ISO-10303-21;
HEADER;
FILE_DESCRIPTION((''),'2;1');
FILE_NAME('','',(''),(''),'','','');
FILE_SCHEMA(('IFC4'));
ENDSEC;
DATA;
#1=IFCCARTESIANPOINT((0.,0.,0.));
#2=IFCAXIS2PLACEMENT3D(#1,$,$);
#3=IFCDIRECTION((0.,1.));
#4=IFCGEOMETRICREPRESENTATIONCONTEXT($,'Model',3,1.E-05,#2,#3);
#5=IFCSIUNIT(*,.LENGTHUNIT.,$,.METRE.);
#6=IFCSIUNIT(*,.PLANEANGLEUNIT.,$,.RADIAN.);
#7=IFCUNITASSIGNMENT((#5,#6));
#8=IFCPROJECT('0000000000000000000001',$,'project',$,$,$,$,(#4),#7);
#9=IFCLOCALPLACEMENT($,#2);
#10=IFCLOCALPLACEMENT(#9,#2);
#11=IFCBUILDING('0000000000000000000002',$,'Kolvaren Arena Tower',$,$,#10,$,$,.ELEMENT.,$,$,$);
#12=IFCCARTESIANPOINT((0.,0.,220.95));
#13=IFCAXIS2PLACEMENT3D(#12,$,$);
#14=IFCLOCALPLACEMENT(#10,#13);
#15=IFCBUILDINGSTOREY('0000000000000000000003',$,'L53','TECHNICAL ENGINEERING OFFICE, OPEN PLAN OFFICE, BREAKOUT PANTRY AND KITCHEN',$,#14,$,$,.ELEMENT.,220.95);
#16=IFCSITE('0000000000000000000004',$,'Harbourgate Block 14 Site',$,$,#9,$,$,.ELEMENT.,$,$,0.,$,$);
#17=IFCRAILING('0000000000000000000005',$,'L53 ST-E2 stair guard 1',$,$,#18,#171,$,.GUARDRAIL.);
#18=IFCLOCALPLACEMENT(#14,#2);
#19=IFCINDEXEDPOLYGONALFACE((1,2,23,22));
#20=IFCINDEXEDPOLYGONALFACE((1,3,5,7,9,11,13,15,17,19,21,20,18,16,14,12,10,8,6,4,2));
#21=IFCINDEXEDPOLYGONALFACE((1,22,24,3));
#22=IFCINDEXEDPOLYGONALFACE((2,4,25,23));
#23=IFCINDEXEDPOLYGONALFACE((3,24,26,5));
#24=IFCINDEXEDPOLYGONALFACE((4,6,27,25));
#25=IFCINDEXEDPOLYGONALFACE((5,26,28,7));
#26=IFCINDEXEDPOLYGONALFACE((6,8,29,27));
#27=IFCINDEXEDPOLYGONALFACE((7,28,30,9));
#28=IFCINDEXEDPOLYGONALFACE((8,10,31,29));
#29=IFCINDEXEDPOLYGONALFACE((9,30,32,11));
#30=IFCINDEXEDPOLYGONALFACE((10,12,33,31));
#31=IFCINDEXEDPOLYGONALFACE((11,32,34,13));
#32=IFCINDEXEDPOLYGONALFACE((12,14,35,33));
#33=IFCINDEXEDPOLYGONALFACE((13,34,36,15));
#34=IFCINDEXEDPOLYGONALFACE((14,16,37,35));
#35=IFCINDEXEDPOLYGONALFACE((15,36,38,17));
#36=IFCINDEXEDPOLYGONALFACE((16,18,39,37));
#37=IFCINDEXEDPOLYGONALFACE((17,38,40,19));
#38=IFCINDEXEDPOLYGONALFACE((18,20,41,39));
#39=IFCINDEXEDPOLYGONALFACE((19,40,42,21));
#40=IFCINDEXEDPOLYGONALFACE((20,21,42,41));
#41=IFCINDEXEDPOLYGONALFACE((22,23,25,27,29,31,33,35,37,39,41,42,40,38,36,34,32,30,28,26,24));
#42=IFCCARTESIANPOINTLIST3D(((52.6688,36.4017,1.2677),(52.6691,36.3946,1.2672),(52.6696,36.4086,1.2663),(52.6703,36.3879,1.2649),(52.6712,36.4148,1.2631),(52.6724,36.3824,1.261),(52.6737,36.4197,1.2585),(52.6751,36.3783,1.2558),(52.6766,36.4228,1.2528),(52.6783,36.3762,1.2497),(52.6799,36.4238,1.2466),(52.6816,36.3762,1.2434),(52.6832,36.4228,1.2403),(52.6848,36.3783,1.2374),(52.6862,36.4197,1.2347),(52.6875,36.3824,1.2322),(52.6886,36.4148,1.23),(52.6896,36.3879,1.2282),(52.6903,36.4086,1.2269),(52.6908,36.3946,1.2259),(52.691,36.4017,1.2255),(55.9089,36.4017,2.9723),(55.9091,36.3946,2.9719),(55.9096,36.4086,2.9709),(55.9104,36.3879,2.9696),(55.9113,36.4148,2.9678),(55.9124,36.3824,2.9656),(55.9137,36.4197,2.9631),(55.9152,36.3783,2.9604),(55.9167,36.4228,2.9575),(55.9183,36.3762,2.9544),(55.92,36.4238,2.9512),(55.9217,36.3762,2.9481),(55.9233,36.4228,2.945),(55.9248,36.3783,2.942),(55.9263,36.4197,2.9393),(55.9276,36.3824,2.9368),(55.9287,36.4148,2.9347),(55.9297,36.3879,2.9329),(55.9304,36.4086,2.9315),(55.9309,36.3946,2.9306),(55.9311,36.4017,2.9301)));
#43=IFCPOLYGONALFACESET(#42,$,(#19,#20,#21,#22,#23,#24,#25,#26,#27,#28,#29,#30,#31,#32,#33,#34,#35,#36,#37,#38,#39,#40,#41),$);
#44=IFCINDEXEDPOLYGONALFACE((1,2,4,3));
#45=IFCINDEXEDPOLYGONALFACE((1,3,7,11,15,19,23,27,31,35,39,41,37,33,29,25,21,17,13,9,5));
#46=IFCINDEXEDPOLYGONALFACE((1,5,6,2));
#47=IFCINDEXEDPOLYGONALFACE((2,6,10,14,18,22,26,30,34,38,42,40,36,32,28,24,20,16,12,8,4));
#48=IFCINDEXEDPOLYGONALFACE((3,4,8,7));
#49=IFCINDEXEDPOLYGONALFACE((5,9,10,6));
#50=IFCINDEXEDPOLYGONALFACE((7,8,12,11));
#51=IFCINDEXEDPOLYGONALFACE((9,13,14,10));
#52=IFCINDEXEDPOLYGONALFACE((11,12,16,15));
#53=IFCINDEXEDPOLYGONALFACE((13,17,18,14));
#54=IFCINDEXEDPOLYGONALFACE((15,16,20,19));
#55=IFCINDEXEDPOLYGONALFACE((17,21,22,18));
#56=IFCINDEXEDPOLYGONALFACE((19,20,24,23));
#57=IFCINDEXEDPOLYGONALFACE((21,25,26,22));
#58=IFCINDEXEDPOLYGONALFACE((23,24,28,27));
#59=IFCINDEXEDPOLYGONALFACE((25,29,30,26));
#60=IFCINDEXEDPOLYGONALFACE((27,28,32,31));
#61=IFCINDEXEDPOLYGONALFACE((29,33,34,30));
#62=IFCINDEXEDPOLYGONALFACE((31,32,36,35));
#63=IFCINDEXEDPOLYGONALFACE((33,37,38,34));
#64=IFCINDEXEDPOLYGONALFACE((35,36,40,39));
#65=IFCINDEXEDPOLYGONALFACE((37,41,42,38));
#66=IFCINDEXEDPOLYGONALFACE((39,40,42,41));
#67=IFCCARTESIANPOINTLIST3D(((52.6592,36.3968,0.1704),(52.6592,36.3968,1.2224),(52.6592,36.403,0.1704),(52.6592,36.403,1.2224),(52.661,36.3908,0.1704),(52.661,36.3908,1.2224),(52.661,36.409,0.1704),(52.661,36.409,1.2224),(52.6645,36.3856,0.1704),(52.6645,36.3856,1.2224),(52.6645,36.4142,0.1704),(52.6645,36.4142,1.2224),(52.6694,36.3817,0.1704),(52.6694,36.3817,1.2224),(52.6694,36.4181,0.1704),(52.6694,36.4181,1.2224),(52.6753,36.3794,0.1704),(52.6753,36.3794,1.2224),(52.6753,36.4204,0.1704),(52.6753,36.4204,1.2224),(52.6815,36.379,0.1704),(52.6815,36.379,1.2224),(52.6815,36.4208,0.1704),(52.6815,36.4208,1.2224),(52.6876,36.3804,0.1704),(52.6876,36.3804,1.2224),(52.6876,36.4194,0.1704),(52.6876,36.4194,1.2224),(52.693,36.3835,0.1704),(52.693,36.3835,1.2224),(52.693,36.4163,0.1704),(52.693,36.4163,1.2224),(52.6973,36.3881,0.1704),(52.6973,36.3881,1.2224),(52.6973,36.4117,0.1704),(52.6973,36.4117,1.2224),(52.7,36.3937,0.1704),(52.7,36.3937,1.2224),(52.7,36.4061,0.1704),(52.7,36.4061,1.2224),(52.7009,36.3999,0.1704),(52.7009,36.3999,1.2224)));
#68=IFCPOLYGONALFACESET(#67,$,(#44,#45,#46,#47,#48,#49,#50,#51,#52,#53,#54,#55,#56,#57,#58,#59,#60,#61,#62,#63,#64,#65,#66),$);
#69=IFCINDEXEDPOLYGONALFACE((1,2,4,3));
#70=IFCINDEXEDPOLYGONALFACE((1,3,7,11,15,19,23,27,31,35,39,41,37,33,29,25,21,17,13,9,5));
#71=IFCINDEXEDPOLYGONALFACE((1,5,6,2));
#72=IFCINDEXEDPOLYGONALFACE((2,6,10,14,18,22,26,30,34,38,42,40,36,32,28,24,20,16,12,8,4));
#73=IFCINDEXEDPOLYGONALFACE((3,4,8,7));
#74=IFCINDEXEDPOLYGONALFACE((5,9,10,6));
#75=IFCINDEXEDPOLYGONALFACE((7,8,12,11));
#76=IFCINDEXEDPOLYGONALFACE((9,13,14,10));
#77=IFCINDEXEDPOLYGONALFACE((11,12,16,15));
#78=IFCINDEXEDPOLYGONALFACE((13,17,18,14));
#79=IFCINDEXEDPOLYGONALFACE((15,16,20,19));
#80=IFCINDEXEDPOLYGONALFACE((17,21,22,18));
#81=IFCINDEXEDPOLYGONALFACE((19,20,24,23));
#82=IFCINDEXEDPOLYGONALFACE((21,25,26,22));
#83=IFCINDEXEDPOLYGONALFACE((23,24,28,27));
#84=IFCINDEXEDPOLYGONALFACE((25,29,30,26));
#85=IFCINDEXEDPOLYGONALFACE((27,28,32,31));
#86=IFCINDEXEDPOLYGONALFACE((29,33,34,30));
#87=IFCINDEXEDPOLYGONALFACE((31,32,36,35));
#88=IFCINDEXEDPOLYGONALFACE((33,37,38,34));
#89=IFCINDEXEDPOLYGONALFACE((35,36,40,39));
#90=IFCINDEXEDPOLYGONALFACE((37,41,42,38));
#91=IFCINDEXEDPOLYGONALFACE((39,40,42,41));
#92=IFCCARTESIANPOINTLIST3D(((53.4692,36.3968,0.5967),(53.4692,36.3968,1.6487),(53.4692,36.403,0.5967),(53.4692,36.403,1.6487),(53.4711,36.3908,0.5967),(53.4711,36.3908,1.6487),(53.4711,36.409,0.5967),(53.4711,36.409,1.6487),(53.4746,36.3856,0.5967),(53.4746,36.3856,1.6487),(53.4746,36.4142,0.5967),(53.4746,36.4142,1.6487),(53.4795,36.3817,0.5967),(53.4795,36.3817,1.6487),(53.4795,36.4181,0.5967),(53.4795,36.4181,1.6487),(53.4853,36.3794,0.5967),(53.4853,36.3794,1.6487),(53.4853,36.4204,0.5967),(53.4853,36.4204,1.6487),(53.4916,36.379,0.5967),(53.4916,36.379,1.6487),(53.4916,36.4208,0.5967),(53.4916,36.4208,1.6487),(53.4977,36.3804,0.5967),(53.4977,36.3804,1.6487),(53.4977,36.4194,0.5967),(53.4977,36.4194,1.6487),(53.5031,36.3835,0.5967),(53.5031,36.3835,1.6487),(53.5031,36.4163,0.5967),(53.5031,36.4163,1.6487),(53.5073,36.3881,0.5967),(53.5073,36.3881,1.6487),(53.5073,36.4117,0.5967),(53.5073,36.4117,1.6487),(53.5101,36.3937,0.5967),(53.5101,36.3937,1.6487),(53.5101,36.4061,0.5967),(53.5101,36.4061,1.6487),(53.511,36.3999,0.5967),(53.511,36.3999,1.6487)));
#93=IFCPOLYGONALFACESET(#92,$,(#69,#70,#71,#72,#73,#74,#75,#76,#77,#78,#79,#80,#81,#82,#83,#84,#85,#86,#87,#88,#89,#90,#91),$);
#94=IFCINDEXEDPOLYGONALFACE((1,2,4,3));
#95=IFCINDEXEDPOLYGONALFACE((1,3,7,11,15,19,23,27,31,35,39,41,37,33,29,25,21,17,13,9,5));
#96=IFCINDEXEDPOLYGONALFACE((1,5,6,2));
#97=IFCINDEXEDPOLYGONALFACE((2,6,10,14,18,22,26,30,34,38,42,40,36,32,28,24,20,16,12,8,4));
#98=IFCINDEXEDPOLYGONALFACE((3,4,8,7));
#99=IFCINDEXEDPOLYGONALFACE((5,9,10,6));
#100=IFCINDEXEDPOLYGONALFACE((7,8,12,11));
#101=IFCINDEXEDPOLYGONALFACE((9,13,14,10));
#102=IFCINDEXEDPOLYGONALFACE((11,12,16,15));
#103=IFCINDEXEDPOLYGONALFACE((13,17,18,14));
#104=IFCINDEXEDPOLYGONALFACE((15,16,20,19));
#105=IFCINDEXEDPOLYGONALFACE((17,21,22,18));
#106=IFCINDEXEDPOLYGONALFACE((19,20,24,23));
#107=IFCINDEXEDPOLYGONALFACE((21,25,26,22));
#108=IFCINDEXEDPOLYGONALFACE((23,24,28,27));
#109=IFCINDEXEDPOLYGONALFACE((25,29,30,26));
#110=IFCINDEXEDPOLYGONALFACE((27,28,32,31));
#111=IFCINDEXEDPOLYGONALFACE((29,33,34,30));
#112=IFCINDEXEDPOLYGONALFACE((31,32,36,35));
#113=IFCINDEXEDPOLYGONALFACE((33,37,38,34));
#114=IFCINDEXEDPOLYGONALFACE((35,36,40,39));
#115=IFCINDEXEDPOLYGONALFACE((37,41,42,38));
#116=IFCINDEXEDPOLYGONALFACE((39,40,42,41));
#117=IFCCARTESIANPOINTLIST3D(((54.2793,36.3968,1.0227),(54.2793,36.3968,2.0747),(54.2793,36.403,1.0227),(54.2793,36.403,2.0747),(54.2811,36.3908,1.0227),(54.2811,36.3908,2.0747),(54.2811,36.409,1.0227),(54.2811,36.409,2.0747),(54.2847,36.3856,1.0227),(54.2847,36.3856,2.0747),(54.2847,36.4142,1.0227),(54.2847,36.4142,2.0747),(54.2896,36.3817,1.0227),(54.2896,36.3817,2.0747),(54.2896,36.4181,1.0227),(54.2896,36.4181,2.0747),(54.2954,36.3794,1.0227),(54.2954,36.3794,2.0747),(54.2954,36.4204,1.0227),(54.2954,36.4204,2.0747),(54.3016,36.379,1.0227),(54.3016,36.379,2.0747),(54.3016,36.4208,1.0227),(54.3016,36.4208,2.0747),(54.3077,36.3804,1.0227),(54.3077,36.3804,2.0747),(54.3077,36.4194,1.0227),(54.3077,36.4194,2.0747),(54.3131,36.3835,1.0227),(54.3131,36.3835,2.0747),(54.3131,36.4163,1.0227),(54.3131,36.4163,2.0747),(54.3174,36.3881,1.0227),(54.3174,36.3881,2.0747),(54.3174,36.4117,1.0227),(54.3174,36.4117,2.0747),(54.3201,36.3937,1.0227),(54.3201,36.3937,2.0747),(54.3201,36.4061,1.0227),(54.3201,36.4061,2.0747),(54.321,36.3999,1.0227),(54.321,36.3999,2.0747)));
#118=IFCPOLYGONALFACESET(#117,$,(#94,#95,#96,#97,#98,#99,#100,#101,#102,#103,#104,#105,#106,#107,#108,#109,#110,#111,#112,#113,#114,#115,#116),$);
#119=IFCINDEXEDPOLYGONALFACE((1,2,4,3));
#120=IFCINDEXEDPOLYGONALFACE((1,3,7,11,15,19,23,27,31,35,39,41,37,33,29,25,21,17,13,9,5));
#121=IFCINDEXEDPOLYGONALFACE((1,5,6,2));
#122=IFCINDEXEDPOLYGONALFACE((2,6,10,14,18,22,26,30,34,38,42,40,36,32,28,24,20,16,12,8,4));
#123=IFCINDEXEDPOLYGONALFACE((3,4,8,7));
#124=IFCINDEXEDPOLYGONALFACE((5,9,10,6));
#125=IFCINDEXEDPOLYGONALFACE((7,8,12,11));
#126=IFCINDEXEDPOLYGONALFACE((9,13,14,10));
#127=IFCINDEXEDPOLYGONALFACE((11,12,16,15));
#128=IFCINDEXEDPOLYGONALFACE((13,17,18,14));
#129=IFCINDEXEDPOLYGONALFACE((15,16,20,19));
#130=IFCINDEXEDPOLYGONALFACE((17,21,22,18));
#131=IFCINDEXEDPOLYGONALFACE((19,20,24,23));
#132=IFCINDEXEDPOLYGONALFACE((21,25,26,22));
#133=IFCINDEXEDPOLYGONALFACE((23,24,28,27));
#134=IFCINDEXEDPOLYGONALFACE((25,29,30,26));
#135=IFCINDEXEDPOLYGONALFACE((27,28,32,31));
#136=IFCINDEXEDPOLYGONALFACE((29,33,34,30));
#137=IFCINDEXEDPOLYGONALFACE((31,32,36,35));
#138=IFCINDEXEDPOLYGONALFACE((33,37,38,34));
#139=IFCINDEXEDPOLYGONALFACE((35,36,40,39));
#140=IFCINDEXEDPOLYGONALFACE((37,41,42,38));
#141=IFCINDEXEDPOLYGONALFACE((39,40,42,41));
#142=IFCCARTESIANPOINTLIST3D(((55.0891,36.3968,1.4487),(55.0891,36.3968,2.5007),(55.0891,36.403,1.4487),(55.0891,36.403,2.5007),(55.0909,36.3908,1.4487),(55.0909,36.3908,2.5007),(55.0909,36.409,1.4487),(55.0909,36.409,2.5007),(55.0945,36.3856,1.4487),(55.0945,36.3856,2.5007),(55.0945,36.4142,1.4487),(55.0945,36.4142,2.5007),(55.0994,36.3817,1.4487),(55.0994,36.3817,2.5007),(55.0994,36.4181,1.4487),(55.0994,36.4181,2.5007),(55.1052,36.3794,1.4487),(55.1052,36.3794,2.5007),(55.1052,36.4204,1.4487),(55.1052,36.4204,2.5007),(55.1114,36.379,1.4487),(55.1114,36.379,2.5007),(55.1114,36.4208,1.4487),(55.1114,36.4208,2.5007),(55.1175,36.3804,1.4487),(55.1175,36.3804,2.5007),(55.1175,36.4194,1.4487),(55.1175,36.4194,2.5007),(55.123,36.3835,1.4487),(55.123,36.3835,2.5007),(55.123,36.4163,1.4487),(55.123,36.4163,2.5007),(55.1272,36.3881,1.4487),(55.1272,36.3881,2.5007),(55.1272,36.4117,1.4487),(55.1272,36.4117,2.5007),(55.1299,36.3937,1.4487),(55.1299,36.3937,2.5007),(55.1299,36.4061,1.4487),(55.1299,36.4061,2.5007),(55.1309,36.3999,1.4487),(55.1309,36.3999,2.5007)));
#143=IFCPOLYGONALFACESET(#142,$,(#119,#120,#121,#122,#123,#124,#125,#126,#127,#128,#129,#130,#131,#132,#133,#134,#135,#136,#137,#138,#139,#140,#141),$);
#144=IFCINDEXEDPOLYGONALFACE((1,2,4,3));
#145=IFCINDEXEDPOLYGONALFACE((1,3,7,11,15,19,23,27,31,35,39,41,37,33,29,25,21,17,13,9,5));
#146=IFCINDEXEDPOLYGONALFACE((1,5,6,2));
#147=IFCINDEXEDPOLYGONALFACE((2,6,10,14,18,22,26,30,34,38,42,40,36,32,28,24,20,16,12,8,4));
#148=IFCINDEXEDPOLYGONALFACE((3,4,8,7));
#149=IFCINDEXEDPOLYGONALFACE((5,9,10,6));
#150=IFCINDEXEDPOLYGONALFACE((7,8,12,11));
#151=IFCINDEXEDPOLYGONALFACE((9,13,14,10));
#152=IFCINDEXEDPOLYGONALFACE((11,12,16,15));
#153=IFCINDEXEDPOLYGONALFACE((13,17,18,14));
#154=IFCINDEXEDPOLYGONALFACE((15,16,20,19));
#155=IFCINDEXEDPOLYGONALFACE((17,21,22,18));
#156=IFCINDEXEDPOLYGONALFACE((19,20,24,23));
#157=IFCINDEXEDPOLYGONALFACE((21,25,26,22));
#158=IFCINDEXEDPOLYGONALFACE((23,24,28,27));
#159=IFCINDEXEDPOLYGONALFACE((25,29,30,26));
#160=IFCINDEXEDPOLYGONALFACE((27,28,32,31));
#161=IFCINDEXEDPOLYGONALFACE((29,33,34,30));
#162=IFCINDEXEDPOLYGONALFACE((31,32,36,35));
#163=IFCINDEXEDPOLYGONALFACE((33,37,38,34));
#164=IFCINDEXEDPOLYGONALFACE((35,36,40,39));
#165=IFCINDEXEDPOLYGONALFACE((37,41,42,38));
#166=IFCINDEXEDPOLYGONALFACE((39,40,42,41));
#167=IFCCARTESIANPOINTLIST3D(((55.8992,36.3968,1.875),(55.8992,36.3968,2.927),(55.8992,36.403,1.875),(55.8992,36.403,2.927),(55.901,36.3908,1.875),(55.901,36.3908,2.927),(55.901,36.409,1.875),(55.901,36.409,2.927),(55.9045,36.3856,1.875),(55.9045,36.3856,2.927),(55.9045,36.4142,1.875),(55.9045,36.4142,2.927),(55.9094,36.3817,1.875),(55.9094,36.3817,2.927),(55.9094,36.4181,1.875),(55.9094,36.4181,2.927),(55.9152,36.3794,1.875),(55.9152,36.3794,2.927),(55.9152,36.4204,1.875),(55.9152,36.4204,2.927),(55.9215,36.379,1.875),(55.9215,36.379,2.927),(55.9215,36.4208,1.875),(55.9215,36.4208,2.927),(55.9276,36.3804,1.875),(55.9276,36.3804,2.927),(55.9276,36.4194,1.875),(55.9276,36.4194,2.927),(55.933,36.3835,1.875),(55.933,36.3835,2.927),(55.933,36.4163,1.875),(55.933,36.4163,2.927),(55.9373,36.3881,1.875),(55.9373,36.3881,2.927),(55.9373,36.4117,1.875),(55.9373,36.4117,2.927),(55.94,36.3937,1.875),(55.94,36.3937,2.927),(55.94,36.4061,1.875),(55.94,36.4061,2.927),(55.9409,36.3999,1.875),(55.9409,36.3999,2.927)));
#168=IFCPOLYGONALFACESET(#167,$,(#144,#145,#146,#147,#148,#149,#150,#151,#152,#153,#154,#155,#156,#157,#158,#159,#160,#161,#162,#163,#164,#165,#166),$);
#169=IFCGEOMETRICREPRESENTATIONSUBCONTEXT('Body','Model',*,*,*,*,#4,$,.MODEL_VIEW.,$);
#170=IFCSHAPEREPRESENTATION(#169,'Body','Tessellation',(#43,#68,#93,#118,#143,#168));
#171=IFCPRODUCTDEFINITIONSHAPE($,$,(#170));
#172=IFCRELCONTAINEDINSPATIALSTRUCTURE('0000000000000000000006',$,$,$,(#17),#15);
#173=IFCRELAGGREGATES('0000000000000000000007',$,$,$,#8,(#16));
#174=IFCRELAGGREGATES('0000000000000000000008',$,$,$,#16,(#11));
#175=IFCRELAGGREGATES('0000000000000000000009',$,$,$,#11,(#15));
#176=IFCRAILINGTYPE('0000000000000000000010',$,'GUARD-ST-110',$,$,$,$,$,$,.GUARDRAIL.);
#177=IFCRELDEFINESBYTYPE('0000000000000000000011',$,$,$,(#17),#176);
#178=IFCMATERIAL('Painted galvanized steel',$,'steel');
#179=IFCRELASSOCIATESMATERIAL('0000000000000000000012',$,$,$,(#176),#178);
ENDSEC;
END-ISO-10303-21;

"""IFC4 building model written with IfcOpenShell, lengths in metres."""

from ifc_helpers import new_model, si_unit, direction, frame, origin, origin_2d, place, context, subcontext, project, spatial, circle, extrude, material, type_object, element, save


model = new_model("IFC4")

# Units and contexts
model_context = context("Model", 3, precision=1e-05, world=origin(), true_north=direction((0.0, 1.0)))
body_context = subcontext(model_context, "Body", "Model", "MODEL_VIEW")
ifc_project = project(units=[si_unit("LENGTHUNIT", "METRE"), si_unit("PLANEANGLEUNIT", "RADIAN")], contexts=[model_context])

# Site, building, storey
site_placement = place(None, origin())
site = spatial("IfcSite", under=ifc_project, at=site_placement, Name="Harbourgate Block 14 Site", CompositionType="ELEMENT", RefElevation=0.0)
building_placement = place(site_placement, origin())
building = spatial("IfcBuilding", under=site, at=building_placement, Name="Kolvaren Arena Tower", CompositionType="ELEMENT")
storey_placement = place(building_placement, frame((0.0, 0.0, 220.95)))
storey = spatial("IfcBuildingStorey", under=building, at=storey_placement, Name="L53", Description="TECHNICAL ENGINEERING OFFICE, OPEN PLAN OFFICE, BREAKOUT PANTRY AND KITCHEN", CompositionType="ELEMENT", Elevation=220.95)

# Railing
ifc_material_1 = material(Name="Painted galvanized steel", Category="steel")
railing_type = type_object("IfcRailingType", Name="GUARD-ST-110", PredefinedType="GUARDRAIL", material=ifc_material_1)
railing_1_placement = place(storey_placement, frame((52.6799, 36.3999, 0.1704)))
element("IfcRailing", 1, at=railing_1_placement, inside=storey, type_object=railing_type, Name="L53 ST-E2 stair guard 1", PredefinedType="GUARDRAIL", context=body_context, shape_type="SweptSolid", body=[
    extrude(circle(Radius=0.0239, at=origin_2d()), frame((0.0, 0.0, 1.0762), z_axis=(0.884993, 0.0, 0.465604), x_axis=(0.0, 1.0, 0.0)), (0.0, 0.0, 1.0), 3.6611),
    extrude(circle(Radius=0.021, at=origin_2d()), origin(), (0.0, 0.0, 1.0), 1.052),
    extrude(circle(Radius=0.021, at=origin_2d()), frame((0.8101, 0.0, 0.4263)), (0.0, 0.0, 1.0), 1.052),
    extrude(circle(Radius=0.021, at=origin_2d()), frame((1.6201, 0.0, 0.8523)), (0.0, 0.0, 1.0), 1.052),
    extrude(circle(Radius=0.021, at=origin_2d()), frame((2.4299, 0.0, 1.2783)), (0.0, 0.0, 1.0), 1.052),
    extrude(circle(Radius=0.021, at=origin_2d()), frame((3.24, 0.0, 1.7046)), (0.0, 0.0, 1.0), 1.052),
])

save(model, "model.ifc")
